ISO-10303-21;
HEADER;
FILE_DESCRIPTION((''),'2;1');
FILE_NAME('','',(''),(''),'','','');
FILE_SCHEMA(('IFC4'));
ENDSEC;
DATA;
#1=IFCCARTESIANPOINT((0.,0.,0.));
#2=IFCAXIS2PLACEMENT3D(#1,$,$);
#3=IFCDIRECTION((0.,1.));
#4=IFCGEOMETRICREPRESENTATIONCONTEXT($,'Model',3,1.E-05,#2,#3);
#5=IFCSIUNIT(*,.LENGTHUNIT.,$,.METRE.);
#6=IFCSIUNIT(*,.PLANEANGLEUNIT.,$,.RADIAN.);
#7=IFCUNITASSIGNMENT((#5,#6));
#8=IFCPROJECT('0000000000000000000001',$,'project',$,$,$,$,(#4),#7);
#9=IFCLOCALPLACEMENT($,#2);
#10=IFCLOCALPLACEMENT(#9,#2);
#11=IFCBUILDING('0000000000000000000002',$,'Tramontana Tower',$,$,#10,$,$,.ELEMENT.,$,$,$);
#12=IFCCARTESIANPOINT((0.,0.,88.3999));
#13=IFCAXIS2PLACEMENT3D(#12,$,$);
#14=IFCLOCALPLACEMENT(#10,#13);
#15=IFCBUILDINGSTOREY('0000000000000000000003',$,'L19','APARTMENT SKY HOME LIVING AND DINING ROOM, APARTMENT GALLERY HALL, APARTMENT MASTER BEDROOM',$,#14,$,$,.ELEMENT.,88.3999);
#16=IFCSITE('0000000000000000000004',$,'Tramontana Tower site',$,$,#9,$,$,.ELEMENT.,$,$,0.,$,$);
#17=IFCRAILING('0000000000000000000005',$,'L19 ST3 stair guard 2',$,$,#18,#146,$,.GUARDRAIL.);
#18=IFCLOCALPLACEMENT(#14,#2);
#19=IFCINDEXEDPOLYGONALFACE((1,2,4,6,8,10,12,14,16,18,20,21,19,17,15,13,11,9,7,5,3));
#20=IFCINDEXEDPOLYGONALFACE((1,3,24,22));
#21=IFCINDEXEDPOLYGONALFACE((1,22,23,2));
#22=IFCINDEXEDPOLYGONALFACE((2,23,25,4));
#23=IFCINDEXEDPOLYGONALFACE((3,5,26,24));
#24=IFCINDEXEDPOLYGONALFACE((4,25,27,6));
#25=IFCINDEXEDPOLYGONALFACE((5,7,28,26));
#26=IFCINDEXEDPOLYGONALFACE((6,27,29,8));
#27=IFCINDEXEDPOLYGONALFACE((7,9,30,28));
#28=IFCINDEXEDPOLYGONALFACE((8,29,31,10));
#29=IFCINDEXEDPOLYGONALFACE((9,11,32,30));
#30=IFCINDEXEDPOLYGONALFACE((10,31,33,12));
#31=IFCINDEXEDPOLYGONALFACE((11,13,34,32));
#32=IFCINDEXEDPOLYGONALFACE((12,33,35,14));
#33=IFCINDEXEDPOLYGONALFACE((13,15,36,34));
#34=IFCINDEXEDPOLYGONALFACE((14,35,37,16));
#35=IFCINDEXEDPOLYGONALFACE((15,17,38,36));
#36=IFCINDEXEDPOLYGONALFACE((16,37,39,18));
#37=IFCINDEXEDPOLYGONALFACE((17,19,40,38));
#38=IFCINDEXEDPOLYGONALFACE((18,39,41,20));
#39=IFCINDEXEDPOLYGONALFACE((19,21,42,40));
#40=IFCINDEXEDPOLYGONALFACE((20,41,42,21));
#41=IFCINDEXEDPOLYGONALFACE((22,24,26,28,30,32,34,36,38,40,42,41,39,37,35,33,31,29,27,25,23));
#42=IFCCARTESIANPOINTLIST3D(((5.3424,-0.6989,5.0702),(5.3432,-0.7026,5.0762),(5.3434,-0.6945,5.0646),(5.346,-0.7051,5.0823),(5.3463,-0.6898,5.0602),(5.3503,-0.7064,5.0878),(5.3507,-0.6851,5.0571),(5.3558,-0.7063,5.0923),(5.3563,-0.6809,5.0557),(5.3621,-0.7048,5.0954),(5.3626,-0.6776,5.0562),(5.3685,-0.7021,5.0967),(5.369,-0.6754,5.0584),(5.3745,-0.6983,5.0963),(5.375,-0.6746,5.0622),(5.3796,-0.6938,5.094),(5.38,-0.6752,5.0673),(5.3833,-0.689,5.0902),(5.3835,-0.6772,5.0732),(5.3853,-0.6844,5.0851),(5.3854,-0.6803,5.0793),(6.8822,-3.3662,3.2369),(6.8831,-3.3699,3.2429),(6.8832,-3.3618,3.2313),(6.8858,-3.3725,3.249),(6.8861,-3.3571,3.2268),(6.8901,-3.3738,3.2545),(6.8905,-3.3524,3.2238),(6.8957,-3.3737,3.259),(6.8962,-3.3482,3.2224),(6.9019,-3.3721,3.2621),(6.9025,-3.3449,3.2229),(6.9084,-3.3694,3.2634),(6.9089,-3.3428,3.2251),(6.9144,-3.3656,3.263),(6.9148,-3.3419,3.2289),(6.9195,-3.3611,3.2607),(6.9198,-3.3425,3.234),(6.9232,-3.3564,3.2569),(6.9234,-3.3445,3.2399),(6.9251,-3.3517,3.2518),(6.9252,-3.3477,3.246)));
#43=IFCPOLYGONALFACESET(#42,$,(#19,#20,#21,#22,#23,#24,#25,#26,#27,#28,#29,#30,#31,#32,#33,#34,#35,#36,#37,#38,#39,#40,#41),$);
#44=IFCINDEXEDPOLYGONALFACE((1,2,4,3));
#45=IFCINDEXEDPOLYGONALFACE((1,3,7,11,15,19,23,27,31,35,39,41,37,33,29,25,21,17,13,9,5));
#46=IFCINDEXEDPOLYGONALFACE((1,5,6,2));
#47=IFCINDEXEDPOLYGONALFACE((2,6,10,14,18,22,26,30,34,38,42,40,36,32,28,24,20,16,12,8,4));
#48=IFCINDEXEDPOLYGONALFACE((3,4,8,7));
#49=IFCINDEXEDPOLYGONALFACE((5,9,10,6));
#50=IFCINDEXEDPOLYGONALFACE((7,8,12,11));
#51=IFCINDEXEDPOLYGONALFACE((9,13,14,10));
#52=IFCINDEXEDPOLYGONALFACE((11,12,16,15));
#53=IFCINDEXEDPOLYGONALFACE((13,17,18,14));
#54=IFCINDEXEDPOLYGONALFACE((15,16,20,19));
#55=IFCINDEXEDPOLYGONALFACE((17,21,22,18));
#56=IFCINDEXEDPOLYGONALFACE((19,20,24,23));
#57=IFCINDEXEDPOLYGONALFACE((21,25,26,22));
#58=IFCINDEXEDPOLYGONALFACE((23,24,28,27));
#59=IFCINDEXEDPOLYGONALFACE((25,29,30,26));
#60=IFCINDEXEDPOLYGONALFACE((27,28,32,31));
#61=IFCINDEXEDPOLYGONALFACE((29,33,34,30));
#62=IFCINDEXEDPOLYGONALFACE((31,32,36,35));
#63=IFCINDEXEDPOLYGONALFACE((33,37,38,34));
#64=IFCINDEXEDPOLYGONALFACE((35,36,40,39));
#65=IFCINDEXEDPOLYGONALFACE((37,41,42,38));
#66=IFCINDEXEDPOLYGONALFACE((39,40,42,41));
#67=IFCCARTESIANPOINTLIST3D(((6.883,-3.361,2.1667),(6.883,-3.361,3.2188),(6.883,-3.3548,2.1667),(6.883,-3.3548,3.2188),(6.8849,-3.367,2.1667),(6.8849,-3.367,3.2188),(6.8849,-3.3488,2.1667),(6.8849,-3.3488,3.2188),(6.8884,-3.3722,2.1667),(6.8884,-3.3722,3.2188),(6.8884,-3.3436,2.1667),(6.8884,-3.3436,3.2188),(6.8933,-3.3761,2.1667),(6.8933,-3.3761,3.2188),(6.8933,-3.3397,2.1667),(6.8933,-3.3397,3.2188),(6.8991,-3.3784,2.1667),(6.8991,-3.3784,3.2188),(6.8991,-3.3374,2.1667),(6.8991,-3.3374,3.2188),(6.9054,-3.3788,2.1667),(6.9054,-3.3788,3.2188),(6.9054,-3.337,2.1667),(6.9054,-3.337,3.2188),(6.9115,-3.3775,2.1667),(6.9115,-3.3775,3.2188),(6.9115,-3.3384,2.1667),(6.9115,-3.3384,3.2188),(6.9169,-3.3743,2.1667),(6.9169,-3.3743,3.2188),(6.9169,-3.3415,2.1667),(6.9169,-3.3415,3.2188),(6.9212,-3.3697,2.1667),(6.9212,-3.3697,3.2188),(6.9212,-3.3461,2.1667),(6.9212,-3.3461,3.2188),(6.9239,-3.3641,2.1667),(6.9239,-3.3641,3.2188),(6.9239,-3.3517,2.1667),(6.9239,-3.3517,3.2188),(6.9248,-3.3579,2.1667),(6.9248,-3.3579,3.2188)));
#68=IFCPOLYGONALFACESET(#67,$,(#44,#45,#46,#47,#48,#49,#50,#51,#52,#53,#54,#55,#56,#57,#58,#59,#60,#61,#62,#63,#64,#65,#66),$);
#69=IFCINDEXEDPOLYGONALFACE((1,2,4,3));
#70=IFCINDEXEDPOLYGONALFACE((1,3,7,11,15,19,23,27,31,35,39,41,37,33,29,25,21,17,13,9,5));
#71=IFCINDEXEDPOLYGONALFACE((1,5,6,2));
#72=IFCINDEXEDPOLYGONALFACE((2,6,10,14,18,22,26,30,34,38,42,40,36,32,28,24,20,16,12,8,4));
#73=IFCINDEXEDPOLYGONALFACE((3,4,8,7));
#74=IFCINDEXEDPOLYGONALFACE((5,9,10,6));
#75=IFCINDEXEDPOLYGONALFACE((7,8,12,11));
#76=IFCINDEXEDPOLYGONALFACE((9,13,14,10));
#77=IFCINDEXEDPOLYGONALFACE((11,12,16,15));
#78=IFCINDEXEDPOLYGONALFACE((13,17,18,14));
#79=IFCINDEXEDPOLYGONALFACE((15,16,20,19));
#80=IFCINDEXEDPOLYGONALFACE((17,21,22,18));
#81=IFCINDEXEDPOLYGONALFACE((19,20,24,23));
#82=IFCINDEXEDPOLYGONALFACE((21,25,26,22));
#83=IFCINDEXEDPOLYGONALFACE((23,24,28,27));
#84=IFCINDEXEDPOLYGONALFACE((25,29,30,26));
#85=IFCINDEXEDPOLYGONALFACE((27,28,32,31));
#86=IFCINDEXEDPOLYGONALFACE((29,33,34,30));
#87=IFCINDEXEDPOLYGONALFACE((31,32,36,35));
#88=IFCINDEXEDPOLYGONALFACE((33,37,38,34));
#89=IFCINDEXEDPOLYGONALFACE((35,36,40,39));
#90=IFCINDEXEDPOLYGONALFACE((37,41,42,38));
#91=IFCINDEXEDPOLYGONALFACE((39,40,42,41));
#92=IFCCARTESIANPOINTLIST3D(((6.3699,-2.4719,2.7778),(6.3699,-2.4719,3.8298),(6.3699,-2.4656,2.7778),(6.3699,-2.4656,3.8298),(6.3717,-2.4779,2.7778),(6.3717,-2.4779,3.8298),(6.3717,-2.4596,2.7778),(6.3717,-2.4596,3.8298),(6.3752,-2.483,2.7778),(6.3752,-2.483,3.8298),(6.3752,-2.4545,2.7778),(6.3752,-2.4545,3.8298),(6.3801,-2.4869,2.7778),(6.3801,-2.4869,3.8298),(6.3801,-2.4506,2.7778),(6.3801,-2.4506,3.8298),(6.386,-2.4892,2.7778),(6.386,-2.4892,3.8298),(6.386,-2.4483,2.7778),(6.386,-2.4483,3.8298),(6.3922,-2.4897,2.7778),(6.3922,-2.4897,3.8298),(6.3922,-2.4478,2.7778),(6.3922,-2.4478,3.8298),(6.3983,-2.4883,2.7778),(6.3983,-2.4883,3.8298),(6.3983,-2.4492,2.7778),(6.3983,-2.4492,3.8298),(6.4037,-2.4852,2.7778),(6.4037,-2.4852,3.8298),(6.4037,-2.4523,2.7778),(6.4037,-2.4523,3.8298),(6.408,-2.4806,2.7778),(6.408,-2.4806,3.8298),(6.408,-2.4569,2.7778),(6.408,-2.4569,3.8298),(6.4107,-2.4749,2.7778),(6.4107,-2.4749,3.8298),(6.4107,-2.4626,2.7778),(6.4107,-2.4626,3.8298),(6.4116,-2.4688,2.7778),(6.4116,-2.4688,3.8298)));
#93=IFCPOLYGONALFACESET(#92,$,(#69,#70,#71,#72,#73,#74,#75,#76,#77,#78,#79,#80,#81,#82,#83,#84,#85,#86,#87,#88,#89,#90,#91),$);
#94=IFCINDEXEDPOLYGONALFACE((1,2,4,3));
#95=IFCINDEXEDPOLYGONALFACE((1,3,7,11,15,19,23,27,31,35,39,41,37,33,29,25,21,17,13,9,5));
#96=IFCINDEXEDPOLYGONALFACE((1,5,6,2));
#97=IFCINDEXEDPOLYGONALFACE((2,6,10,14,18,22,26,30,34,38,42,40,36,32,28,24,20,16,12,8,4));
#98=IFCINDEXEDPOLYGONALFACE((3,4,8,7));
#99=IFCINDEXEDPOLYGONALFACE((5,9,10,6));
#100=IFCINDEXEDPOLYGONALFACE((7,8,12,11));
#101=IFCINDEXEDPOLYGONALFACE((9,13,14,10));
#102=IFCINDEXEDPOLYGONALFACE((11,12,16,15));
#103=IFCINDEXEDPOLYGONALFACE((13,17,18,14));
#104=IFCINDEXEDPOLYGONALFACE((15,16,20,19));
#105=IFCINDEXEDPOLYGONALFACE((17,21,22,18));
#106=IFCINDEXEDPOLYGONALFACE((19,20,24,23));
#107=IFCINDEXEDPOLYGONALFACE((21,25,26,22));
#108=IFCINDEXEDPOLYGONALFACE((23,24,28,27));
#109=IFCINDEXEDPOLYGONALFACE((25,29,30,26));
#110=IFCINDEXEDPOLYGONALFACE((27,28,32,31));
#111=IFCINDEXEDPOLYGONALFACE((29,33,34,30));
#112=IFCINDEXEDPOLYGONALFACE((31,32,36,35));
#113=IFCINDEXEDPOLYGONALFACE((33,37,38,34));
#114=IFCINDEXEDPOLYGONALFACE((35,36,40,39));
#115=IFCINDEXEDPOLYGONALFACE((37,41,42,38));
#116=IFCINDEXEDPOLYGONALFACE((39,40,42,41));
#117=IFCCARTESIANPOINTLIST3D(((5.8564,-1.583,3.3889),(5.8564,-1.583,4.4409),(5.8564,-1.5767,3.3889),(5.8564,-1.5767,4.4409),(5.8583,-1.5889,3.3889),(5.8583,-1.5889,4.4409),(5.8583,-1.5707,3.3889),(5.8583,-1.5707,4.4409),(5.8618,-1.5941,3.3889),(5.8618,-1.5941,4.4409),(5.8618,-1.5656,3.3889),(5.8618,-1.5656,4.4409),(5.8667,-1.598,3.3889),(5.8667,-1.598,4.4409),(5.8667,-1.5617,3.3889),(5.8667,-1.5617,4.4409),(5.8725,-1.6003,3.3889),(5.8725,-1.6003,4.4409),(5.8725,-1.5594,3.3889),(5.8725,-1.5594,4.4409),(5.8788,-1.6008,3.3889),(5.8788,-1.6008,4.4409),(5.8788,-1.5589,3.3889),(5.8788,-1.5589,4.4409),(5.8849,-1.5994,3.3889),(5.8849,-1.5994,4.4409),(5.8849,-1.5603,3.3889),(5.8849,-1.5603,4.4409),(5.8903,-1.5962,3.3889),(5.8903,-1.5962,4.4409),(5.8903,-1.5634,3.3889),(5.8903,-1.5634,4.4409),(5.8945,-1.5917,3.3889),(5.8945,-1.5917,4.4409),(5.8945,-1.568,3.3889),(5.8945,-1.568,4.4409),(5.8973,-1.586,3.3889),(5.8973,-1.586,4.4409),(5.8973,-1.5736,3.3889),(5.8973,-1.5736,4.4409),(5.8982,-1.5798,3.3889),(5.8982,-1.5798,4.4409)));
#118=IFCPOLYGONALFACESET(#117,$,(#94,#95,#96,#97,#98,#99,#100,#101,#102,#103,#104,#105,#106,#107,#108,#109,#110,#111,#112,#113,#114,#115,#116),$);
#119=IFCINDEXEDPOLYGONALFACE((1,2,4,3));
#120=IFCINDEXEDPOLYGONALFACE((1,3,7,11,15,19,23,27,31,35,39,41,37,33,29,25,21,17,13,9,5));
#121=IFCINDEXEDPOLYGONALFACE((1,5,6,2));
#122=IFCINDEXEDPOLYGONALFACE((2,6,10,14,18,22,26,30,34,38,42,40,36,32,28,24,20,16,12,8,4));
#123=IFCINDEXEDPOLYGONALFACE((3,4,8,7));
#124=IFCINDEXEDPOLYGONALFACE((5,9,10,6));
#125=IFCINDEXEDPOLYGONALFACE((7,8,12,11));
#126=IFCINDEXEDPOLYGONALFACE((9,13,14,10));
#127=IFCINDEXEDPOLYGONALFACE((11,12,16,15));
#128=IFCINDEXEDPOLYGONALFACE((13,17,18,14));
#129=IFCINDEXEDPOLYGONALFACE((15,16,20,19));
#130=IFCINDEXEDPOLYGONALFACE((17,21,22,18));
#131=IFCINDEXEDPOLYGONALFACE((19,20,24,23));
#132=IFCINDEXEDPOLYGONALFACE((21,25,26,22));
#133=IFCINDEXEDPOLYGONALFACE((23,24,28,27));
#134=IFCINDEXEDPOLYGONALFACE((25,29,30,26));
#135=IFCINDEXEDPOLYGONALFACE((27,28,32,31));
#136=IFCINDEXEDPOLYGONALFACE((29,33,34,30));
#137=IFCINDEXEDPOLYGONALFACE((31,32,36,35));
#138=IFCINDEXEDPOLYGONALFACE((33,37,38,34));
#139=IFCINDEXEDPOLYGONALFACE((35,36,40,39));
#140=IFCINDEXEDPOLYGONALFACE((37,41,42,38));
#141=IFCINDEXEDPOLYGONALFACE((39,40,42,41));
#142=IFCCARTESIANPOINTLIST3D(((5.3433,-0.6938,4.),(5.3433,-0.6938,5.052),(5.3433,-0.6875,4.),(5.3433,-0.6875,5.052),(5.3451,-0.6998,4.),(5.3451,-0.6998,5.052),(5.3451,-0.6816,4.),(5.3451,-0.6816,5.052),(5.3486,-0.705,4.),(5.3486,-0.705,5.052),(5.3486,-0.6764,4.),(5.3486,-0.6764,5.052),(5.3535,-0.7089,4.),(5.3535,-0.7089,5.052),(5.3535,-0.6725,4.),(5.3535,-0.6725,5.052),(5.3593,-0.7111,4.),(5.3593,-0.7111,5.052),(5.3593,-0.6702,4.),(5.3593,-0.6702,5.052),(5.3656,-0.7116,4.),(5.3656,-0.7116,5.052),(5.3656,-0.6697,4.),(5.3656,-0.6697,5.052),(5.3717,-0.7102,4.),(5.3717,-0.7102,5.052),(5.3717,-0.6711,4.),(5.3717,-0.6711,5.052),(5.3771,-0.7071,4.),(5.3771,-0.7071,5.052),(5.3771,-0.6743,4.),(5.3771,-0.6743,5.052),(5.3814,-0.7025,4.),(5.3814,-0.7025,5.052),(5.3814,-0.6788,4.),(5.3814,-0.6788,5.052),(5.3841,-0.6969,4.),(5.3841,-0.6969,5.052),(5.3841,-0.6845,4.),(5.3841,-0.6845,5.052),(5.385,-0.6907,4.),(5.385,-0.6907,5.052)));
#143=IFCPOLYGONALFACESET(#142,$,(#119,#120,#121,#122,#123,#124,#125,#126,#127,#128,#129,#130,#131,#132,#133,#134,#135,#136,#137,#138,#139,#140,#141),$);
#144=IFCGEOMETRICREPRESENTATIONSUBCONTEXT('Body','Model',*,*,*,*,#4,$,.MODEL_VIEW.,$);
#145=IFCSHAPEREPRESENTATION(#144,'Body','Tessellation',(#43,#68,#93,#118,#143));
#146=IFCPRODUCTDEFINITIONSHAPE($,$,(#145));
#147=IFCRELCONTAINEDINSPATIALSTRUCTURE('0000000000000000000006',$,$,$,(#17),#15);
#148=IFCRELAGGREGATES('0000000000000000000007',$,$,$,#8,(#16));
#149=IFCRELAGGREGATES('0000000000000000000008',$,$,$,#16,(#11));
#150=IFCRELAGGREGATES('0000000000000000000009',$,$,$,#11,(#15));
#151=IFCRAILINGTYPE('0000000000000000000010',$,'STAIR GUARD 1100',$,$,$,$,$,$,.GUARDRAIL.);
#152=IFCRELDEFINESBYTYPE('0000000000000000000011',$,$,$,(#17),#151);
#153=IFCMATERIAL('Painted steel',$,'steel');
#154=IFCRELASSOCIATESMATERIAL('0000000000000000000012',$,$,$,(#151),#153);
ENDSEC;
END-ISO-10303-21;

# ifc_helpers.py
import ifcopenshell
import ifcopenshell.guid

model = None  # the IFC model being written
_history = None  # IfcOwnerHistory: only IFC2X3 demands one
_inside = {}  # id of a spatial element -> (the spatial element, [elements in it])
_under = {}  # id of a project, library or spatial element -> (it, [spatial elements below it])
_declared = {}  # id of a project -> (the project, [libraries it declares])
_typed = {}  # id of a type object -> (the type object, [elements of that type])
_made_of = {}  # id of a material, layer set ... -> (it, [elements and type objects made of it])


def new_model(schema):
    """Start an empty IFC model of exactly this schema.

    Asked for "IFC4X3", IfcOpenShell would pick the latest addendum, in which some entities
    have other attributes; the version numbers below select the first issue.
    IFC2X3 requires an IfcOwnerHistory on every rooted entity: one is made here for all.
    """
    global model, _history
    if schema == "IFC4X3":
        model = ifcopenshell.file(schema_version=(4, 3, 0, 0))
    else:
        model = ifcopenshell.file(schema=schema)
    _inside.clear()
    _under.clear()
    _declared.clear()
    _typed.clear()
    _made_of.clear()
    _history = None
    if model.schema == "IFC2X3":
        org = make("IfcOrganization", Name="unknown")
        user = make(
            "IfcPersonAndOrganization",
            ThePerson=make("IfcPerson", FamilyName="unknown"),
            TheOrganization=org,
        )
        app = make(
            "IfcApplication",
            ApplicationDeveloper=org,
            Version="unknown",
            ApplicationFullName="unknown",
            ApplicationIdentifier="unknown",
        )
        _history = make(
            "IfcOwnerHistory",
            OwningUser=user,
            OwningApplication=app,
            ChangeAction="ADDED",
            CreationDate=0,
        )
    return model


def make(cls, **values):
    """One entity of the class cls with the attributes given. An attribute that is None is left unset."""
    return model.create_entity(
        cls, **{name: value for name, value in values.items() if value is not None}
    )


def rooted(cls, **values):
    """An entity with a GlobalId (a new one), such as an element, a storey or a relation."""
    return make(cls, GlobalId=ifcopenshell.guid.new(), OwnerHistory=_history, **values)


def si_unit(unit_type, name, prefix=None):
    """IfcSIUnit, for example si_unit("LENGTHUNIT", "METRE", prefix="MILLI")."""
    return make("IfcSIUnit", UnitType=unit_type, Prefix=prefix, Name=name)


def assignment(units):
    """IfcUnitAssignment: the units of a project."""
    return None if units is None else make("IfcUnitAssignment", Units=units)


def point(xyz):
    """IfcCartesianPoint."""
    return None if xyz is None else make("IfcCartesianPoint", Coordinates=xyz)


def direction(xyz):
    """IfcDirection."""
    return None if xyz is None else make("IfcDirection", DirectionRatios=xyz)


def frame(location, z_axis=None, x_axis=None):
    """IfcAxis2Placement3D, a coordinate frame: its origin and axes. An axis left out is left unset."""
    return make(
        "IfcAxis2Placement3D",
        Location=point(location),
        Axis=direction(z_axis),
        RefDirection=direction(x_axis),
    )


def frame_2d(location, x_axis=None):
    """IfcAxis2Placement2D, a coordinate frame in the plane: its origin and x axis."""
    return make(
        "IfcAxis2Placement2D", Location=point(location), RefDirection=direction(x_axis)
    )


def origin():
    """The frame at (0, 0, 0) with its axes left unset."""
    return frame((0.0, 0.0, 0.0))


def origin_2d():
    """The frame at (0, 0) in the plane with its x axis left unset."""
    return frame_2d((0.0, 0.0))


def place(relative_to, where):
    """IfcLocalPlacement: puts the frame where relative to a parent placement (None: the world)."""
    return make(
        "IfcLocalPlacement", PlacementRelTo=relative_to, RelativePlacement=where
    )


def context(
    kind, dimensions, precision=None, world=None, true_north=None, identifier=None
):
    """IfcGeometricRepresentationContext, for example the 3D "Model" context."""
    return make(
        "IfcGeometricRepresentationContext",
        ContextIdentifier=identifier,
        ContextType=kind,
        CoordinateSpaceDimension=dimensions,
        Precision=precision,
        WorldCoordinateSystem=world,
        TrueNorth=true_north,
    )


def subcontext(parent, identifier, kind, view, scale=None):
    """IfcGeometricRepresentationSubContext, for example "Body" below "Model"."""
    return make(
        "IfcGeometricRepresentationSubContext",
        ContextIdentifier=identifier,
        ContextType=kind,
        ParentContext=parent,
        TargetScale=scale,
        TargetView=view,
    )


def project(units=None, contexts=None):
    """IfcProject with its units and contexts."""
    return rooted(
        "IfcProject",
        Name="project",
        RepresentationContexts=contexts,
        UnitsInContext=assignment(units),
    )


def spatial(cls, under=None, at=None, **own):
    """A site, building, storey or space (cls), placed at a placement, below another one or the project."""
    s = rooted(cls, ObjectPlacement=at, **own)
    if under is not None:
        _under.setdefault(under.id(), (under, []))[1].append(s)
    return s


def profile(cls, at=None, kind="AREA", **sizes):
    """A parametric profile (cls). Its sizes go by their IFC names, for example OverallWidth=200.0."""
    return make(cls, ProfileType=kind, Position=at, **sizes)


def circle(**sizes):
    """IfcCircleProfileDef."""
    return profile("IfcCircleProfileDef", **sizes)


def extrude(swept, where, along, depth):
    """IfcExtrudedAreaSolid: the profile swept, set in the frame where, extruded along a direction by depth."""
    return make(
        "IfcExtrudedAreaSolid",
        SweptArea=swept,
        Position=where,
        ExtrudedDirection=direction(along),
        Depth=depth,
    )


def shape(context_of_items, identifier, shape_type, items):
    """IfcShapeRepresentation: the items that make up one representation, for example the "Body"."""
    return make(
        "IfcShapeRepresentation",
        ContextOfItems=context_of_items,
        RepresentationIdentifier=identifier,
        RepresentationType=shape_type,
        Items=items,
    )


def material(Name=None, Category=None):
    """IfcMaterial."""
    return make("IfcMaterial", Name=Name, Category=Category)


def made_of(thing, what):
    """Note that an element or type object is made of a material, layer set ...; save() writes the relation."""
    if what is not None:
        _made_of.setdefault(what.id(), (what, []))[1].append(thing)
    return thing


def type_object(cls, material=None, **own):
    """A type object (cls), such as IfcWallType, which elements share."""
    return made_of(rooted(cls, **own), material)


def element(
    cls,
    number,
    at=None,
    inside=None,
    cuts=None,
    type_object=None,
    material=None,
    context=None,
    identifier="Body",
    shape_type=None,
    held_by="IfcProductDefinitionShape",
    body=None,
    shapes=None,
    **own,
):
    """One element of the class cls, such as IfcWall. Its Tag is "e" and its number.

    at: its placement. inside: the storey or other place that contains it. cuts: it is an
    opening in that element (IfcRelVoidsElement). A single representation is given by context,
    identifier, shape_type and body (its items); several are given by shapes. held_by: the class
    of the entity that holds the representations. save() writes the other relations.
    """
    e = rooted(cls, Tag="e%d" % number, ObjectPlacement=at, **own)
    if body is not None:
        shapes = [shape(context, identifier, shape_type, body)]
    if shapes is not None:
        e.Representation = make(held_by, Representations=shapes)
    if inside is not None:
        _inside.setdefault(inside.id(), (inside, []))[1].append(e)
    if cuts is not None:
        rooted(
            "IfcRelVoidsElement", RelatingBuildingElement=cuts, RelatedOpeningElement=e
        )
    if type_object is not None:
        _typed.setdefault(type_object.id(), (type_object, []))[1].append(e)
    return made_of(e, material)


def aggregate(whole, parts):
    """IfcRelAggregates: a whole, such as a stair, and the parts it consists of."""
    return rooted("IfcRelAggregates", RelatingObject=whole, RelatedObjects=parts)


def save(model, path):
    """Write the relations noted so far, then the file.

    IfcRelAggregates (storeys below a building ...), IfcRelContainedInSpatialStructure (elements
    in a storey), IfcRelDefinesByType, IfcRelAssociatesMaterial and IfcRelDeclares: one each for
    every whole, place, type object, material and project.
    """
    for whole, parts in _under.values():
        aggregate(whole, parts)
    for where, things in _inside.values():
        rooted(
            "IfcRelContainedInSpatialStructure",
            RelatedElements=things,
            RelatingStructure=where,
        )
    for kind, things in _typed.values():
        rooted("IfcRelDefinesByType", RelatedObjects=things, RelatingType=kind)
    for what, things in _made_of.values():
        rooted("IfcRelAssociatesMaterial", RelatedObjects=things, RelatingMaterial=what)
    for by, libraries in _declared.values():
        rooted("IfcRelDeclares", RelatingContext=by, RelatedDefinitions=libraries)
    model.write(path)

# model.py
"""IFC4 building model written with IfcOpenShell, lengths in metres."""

from ifc_helpers import new_model, si_unit, direction, frame, origin, origin_2d, place, context, subcontext, project, spatial, circle, extrude, material, type_object, element, save


model = new_model("IFC4")

# Units and contexts
model_context = context("Model", 3, precision=1e-05, world=origin(), true_north=direction((0.0, 1.0)))
body_context = subcontext(model_context, "Body", "Model", "MODEL_VIEW")
ifc_project = project(units=[si_unit("LENGTHUNIT", "METRE"), si_unit("PLANEANGLEUNIT", "RADIAN")], contexts=[model_context])

# Site, building, storey
site_placement = place(None, origin())
site = spatial("IfcSite", under=ifc_project, at=site_placement, Name="Tramontana Tower site", CompositionType="ELEMENT", RefElevation=0.0)
building_placement = place(site_placement, origin())
building = spatial("IfcBuilding", under=site, at=building_placement, Name="Tramontana Tower", CompositionType="ELEMENT")
storey_placement = place(building_placement, frame((0.0, 0.0, 88.3999)))
storey = spatial("IfcBuildingStorey", under=building, at=storey_placement, Name="L19", Description="APARTMENT SKY HOME LIVING AND DINING ROOM, APARTMENT GALLERY HALL, APARTMENT MASTER BEDROOM", CompositionType="ELEMENT", Elevation=88.3999)

# Railing
ifc_material_1 = material(Name="Painted steel", Category="steel")
railing_type_1 = type_object("IfcRailingType", Name="STAIR GUARD 1100", PredefinedType="GUARDRAIL", material=ifc_material_1)
railing_1_placement = place(storey_placement, frame((6.9038, -3.3579, 2.1667)))
element("IfcRailing", 1, at=railing_1_placement, inside=storey, type_object=railing_type_1, Name="L19 ST3 stair guard 2", PredefinedType="GUARDRAIL", context=body_context, shape_type="SweptSolid", body=[
    extrude(circle(Radius=0.0239, at=origin_2d()), frame((0.0, 0.0, 1.0762), z_axis=(-0.429616, 0.744181, 0.511493), x_axis=(-0.866044, -0.499967, 0.0)), (0.0, 0.0, 1.0), 3.5842),
    extrude(circle(Radius=0.021, at=origin_2d()), origin(), (0.0, 0.0, 1.0), 1.052),
    extrude(circle(Radius=0.021, at=origin_2d()), frame((-0.5132, 0.8892, 0.6111)), (0.0, 0.0, 1.0), 1.052),
    extrude(circle(Radius=0.021, at=origin_2d()), frame((-1.0266, 1.7781, 1.2222)), (0.0, 0.0, 1.0), 1.052),
    extrude(circle(Radius=0.021, at=origin_2d()), frame((-1.5398, 2.6672, 1.8333)), (0.0, 0.0, 1.0), 1.052),
])

save(model, "model.ifc")
